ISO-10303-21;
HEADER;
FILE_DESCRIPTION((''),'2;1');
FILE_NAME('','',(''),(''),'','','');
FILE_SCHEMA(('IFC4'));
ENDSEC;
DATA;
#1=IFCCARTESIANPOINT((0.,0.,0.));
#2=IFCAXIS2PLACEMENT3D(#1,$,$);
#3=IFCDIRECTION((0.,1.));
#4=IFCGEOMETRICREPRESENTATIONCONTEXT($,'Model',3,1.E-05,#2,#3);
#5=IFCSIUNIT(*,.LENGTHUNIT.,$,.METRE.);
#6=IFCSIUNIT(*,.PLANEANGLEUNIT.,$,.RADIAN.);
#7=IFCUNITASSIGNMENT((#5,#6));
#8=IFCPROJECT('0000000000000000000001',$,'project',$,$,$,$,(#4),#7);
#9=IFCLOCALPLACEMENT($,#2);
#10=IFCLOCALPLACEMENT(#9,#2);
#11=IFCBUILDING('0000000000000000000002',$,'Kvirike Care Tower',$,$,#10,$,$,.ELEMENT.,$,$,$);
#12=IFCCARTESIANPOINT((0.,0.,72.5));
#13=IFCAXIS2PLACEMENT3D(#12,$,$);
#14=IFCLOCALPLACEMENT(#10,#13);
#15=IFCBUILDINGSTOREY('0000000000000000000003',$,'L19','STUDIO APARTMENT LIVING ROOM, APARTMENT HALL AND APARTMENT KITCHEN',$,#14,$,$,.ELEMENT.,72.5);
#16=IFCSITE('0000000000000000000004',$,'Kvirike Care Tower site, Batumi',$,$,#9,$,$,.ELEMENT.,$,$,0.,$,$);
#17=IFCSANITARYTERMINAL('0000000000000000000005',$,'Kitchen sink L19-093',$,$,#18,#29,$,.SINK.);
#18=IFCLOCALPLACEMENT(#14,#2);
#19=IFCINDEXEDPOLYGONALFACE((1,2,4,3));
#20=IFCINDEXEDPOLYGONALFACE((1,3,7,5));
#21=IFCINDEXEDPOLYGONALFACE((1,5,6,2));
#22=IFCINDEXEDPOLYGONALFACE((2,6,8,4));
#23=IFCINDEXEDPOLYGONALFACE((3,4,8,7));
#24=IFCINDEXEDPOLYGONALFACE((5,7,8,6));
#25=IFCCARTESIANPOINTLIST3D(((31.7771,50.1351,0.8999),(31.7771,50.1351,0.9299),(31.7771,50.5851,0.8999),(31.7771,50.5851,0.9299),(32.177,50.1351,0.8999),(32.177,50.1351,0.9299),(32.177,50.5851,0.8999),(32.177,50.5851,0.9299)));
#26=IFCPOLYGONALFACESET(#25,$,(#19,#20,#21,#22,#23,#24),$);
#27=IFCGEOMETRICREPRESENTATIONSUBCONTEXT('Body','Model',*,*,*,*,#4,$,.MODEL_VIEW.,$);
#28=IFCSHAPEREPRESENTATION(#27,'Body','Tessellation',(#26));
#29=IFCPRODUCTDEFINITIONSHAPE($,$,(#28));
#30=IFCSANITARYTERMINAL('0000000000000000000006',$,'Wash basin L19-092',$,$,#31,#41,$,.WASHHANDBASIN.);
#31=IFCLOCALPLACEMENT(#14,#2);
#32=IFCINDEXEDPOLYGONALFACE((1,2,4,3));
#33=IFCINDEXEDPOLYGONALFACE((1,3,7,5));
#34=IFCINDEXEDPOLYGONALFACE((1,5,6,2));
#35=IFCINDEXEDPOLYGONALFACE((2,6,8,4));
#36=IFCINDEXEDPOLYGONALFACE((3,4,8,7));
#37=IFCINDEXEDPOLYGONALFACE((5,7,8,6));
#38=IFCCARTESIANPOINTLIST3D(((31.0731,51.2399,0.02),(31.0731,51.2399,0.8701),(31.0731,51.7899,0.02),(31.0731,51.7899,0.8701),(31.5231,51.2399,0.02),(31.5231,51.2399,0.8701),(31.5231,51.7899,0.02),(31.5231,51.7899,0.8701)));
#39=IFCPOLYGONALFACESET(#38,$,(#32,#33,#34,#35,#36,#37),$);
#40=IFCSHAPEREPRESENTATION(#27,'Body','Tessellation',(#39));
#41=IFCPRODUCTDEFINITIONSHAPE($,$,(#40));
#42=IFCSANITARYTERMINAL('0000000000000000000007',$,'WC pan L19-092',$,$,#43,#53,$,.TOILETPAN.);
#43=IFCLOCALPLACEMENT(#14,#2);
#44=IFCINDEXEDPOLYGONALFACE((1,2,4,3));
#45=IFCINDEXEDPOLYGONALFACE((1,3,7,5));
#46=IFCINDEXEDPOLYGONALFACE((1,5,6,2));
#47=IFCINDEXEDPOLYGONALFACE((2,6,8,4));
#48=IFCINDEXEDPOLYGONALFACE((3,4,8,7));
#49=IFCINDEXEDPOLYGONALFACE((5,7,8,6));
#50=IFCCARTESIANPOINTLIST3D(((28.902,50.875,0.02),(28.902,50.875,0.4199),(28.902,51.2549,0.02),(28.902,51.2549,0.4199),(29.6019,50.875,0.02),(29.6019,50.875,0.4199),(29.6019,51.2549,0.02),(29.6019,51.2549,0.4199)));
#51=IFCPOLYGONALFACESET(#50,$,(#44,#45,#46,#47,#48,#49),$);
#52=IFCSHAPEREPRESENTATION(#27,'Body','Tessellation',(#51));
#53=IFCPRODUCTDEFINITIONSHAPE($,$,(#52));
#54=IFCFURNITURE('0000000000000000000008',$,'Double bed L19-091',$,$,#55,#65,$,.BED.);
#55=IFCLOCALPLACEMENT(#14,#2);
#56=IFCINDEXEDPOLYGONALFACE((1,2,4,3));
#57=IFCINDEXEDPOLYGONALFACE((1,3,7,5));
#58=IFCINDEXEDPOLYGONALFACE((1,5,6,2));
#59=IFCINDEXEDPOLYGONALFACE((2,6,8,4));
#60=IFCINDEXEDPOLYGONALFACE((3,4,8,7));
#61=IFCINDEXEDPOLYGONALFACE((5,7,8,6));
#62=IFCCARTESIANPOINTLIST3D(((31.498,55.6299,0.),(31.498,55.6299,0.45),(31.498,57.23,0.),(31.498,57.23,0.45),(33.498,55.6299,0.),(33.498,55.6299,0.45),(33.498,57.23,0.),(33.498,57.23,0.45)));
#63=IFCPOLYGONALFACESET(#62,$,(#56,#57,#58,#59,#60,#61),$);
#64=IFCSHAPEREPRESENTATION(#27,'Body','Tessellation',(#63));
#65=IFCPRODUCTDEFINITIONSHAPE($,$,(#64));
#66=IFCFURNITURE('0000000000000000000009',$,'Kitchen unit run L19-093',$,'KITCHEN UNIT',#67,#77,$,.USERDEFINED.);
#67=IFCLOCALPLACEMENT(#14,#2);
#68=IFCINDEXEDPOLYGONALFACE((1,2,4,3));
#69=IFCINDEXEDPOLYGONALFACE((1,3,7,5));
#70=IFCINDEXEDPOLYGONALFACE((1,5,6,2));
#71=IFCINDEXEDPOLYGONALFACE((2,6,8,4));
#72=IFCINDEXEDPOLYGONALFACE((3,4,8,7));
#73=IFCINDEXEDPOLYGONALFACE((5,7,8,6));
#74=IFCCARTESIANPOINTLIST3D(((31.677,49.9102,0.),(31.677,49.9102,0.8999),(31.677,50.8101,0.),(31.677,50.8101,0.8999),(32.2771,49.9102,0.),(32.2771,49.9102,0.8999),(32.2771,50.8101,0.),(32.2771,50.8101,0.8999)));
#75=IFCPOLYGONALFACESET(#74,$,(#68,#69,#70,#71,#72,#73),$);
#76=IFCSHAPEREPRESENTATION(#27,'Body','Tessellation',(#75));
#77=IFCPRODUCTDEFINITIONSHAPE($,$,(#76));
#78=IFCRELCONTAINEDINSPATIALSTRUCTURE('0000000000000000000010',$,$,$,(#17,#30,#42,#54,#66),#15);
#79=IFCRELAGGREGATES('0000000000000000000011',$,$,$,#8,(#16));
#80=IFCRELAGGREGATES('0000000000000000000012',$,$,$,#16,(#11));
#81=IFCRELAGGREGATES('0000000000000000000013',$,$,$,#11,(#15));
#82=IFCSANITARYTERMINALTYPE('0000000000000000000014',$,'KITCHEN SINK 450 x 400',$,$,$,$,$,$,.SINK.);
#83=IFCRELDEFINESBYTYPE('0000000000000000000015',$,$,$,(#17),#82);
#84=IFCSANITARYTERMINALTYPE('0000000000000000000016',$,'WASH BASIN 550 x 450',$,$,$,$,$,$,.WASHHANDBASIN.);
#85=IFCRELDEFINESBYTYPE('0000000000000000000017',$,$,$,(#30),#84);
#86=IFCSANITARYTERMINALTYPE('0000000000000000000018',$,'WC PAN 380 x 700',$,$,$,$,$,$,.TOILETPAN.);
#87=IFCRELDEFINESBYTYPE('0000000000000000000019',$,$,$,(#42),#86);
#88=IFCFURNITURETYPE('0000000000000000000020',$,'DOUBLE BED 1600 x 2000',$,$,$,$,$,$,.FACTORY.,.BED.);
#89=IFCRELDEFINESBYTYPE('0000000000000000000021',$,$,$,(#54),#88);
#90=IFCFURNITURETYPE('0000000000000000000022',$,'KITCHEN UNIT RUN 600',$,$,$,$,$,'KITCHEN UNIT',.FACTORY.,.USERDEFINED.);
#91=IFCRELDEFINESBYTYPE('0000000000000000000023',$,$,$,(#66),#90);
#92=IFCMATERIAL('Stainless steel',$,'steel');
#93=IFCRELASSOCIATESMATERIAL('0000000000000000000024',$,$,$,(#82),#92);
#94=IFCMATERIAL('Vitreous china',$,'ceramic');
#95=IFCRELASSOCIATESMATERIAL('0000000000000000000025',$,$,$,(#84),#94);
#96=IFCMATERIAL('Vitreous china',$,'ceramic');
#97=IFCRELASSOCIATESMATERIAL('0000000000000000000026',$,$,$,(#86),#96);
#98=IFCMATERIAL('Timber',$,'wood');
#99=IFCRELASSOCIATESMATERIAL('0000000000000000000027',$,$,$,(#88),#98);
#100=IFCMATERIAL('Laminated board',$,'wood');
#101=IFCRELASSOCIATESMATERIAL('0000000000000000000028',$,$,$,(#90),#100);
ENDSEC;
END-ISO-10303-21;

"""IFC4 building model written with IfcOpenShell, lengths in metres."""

from ifc_helpers import new_model, si_unit, direction, frame, origin, origin_2d, place, context, subcontext, project, spatial, rectangle, extrude, material, type_object, element, save


model = new_model("IFC4")

# Units and contexts
model_context = context("Model", 3, precision=1e-05, world=origin(), true_north=direction((0.0, 1.0)))
body_context = subcontext(model_context, "Body", "Model", "MODEL_VIEW")
ifc_project = project(units=[si_unit("LENGTHUNIT", "METRE"), si_unit("PLANEANGLEUNIT", "RADIAN")], contexts=[model_context])

# Site, building, storey
site_placement = place(None, origin())
site = spatial("IfcSite", under=ifc_project, at=site_placement, Name="Kvirike Care Tower site, Batumi", CompositionType="ELEMENT", RefElevation=0.0)
building_placement = place(site_placement, origin())
building = spatial("IfcBuilding", under=site, at=building_placement, Name="Kvirike Care Tower", CompositionType="ELEMENT")
storey_placement = place(building_placement, frame((0.0, 0.0, 72.5)))
storey = spatial("IfcBuildingStorey", under=building, at=storey_placement, Name="L19", Description="STUDIO APARTMENT LIVING ROOM, APARTMENT HALL AND APARTMENT KITCHEN", CompositionType="ELEMENT", Elevation=72.5)

# Sanitary terminals
ifc_material_1 = material(Name="Stainless steel", Category="steel")
sanitary_terminal_type_1 = type_object("IfcSanitaryTerminalType", Name="KITCHEN SINK 450 x 400", PredefinedType="SINK", material=ifc_material_1)
sanitary_terminal_1_placement = place(storey_placement, frame((31.9771, 50.3601, 0.8999), z_axis=(0.0, 0.0, 1.0), x_axis=(0.0, 1.0, 0.0)))
element("IfcSanitaryTerminal", 1, at=sanitary_terminal_1_placement, inside=storey, type_object=sanitary_terminal_type_1, Name="Kitchen sink L19-093", PredefinedType="SINK", context=body_context, shape_type="SweptSolid", body=[
    extrude(rectangle(XDim=0.45, YDim=0.3999, at=origin_2d()), origin(), (0.0, 0.0, 1.0), 0.03),
])
ifc_material_2 = material(Name="Vitreous china", Category="ceramic")
sanitary_terminal_type_2 = type_object("IfcSanitaryTerminalType", Name="WASH BASIN 550 x 450", PredefinedType="WASHHANDBASIN", material=ifc_material_2)
sanitary_terminal_2_placement = place(storey_placement, frame((31.2981, 51.5149, 0.02), z_axis=(0.0, 0.0, 1.0), x_axis=(0.0, -1.0, 0.0)))
element("IfcSanitaryTerminal", 2, at=sanitary_terminal_2_placement, inside=storey, type_object=sanitary_terminal_type_2, Name="Wash basin L19-092", PredefinedType="WASHHANDBASIN", context=body_context, shape_type="SweptSolid", body=[
    extrude(rectangle(XDim=0.55, YDim=0.45, at=origin_2d()), origin(), (0.0, 0.0, 1.0), 0.8501),
])
ifc_material_3 = material(Name="Vitreous china", Category="ceramic")
sanitary_terminal_type_3 = type_object("IfcSanitaryTerminalType", Name="WC PAN 380 x 700", PredefinedType="TOILETPAN", material=ifc_material_3)
sanitary_terminal_3_placement = place(storey_placement, frame((29.252, 51.0649, 0.02), z_axis=(0.0, 0.0, 1.0), x_axis=(0.0, 1.0, 0.0)))
element("IfcSanitaryTerminal", 3, at=sanitary_terminal_3_placement, inside=storey, type_object=sanitary_terminal_type_3, Name="WC pan L19-092", PredefinedType="TOILETPAN", context=body_context, shape_type="SweptSolid", body=[
    extrude(rectangle(XDim=0.3799, YDim=0.7, at=origin_2d()), origin(), (0.0, 0.0, 1.0), 0.3999),
])

# Furniture
ifc_material_4 = material(Name="Timber", Category="wood")
furniture_type_1 = type_object("IfcFurnitureType", Name="DOUBLE BED 1600 x 2000", AssemblyPlace="FACTORY", PredefinedType="BED", material=ifc_material_4)
furniture_1_placement = place(storey_placement, frame((32.498, 56.4299, 0.0), z_axis=(0.0, 0.0, 1.0), x_axis=(0.0, -1.0, 0.0)))
element("IfcFurniture", 4, at=furniture_1_placement, inside=storey, type_object=furniture_type_1, Name="Double bed L19-091", PredefinedType="BED", context=body_context, shape_type="SweptSolid", body=[
    extrude(rectangle(XDim=1.6001, YDim=2.0, at=origin_2d()), origin(), (0.0, 0.0, 1.0), 0.45),
])
ifc_material_5 = material(Name="Laminated board", Category="wood")
furniture_type_2 = type_object("IfcFurnitureType", Name="KITCHEN UNIT RUN 600", ElementType="KITCHEN UNIT", AssemblyPlace="FACTORY", PredefinedType="USERDEFINED", material=ifc_material_5)
furniture_2_placement = place(storey_placement, frame((31.9771, 50.3601, 0.0), z_axis=(0.0, 0.0, 1.0), x_axis=(0.0, 1.0, 0.0)))
element("IfcFurniture", 5, at=furniture_2_placement, inside=storey, type_object=furniture_type_2, Name="Kitchen unit run L19-093", ObjectType="KITCHEN UNIT", PredefinedType="USERDEFINED", context=body_context, shape_type="SweptSolid", body=[
    extrude(rectangle(XDim=0.8999, YDim=0.6001, at=origin_2d()), origin(), (0.0, 0.0, 1.0), 0.8999),
])

save(model, "model.ifc")
